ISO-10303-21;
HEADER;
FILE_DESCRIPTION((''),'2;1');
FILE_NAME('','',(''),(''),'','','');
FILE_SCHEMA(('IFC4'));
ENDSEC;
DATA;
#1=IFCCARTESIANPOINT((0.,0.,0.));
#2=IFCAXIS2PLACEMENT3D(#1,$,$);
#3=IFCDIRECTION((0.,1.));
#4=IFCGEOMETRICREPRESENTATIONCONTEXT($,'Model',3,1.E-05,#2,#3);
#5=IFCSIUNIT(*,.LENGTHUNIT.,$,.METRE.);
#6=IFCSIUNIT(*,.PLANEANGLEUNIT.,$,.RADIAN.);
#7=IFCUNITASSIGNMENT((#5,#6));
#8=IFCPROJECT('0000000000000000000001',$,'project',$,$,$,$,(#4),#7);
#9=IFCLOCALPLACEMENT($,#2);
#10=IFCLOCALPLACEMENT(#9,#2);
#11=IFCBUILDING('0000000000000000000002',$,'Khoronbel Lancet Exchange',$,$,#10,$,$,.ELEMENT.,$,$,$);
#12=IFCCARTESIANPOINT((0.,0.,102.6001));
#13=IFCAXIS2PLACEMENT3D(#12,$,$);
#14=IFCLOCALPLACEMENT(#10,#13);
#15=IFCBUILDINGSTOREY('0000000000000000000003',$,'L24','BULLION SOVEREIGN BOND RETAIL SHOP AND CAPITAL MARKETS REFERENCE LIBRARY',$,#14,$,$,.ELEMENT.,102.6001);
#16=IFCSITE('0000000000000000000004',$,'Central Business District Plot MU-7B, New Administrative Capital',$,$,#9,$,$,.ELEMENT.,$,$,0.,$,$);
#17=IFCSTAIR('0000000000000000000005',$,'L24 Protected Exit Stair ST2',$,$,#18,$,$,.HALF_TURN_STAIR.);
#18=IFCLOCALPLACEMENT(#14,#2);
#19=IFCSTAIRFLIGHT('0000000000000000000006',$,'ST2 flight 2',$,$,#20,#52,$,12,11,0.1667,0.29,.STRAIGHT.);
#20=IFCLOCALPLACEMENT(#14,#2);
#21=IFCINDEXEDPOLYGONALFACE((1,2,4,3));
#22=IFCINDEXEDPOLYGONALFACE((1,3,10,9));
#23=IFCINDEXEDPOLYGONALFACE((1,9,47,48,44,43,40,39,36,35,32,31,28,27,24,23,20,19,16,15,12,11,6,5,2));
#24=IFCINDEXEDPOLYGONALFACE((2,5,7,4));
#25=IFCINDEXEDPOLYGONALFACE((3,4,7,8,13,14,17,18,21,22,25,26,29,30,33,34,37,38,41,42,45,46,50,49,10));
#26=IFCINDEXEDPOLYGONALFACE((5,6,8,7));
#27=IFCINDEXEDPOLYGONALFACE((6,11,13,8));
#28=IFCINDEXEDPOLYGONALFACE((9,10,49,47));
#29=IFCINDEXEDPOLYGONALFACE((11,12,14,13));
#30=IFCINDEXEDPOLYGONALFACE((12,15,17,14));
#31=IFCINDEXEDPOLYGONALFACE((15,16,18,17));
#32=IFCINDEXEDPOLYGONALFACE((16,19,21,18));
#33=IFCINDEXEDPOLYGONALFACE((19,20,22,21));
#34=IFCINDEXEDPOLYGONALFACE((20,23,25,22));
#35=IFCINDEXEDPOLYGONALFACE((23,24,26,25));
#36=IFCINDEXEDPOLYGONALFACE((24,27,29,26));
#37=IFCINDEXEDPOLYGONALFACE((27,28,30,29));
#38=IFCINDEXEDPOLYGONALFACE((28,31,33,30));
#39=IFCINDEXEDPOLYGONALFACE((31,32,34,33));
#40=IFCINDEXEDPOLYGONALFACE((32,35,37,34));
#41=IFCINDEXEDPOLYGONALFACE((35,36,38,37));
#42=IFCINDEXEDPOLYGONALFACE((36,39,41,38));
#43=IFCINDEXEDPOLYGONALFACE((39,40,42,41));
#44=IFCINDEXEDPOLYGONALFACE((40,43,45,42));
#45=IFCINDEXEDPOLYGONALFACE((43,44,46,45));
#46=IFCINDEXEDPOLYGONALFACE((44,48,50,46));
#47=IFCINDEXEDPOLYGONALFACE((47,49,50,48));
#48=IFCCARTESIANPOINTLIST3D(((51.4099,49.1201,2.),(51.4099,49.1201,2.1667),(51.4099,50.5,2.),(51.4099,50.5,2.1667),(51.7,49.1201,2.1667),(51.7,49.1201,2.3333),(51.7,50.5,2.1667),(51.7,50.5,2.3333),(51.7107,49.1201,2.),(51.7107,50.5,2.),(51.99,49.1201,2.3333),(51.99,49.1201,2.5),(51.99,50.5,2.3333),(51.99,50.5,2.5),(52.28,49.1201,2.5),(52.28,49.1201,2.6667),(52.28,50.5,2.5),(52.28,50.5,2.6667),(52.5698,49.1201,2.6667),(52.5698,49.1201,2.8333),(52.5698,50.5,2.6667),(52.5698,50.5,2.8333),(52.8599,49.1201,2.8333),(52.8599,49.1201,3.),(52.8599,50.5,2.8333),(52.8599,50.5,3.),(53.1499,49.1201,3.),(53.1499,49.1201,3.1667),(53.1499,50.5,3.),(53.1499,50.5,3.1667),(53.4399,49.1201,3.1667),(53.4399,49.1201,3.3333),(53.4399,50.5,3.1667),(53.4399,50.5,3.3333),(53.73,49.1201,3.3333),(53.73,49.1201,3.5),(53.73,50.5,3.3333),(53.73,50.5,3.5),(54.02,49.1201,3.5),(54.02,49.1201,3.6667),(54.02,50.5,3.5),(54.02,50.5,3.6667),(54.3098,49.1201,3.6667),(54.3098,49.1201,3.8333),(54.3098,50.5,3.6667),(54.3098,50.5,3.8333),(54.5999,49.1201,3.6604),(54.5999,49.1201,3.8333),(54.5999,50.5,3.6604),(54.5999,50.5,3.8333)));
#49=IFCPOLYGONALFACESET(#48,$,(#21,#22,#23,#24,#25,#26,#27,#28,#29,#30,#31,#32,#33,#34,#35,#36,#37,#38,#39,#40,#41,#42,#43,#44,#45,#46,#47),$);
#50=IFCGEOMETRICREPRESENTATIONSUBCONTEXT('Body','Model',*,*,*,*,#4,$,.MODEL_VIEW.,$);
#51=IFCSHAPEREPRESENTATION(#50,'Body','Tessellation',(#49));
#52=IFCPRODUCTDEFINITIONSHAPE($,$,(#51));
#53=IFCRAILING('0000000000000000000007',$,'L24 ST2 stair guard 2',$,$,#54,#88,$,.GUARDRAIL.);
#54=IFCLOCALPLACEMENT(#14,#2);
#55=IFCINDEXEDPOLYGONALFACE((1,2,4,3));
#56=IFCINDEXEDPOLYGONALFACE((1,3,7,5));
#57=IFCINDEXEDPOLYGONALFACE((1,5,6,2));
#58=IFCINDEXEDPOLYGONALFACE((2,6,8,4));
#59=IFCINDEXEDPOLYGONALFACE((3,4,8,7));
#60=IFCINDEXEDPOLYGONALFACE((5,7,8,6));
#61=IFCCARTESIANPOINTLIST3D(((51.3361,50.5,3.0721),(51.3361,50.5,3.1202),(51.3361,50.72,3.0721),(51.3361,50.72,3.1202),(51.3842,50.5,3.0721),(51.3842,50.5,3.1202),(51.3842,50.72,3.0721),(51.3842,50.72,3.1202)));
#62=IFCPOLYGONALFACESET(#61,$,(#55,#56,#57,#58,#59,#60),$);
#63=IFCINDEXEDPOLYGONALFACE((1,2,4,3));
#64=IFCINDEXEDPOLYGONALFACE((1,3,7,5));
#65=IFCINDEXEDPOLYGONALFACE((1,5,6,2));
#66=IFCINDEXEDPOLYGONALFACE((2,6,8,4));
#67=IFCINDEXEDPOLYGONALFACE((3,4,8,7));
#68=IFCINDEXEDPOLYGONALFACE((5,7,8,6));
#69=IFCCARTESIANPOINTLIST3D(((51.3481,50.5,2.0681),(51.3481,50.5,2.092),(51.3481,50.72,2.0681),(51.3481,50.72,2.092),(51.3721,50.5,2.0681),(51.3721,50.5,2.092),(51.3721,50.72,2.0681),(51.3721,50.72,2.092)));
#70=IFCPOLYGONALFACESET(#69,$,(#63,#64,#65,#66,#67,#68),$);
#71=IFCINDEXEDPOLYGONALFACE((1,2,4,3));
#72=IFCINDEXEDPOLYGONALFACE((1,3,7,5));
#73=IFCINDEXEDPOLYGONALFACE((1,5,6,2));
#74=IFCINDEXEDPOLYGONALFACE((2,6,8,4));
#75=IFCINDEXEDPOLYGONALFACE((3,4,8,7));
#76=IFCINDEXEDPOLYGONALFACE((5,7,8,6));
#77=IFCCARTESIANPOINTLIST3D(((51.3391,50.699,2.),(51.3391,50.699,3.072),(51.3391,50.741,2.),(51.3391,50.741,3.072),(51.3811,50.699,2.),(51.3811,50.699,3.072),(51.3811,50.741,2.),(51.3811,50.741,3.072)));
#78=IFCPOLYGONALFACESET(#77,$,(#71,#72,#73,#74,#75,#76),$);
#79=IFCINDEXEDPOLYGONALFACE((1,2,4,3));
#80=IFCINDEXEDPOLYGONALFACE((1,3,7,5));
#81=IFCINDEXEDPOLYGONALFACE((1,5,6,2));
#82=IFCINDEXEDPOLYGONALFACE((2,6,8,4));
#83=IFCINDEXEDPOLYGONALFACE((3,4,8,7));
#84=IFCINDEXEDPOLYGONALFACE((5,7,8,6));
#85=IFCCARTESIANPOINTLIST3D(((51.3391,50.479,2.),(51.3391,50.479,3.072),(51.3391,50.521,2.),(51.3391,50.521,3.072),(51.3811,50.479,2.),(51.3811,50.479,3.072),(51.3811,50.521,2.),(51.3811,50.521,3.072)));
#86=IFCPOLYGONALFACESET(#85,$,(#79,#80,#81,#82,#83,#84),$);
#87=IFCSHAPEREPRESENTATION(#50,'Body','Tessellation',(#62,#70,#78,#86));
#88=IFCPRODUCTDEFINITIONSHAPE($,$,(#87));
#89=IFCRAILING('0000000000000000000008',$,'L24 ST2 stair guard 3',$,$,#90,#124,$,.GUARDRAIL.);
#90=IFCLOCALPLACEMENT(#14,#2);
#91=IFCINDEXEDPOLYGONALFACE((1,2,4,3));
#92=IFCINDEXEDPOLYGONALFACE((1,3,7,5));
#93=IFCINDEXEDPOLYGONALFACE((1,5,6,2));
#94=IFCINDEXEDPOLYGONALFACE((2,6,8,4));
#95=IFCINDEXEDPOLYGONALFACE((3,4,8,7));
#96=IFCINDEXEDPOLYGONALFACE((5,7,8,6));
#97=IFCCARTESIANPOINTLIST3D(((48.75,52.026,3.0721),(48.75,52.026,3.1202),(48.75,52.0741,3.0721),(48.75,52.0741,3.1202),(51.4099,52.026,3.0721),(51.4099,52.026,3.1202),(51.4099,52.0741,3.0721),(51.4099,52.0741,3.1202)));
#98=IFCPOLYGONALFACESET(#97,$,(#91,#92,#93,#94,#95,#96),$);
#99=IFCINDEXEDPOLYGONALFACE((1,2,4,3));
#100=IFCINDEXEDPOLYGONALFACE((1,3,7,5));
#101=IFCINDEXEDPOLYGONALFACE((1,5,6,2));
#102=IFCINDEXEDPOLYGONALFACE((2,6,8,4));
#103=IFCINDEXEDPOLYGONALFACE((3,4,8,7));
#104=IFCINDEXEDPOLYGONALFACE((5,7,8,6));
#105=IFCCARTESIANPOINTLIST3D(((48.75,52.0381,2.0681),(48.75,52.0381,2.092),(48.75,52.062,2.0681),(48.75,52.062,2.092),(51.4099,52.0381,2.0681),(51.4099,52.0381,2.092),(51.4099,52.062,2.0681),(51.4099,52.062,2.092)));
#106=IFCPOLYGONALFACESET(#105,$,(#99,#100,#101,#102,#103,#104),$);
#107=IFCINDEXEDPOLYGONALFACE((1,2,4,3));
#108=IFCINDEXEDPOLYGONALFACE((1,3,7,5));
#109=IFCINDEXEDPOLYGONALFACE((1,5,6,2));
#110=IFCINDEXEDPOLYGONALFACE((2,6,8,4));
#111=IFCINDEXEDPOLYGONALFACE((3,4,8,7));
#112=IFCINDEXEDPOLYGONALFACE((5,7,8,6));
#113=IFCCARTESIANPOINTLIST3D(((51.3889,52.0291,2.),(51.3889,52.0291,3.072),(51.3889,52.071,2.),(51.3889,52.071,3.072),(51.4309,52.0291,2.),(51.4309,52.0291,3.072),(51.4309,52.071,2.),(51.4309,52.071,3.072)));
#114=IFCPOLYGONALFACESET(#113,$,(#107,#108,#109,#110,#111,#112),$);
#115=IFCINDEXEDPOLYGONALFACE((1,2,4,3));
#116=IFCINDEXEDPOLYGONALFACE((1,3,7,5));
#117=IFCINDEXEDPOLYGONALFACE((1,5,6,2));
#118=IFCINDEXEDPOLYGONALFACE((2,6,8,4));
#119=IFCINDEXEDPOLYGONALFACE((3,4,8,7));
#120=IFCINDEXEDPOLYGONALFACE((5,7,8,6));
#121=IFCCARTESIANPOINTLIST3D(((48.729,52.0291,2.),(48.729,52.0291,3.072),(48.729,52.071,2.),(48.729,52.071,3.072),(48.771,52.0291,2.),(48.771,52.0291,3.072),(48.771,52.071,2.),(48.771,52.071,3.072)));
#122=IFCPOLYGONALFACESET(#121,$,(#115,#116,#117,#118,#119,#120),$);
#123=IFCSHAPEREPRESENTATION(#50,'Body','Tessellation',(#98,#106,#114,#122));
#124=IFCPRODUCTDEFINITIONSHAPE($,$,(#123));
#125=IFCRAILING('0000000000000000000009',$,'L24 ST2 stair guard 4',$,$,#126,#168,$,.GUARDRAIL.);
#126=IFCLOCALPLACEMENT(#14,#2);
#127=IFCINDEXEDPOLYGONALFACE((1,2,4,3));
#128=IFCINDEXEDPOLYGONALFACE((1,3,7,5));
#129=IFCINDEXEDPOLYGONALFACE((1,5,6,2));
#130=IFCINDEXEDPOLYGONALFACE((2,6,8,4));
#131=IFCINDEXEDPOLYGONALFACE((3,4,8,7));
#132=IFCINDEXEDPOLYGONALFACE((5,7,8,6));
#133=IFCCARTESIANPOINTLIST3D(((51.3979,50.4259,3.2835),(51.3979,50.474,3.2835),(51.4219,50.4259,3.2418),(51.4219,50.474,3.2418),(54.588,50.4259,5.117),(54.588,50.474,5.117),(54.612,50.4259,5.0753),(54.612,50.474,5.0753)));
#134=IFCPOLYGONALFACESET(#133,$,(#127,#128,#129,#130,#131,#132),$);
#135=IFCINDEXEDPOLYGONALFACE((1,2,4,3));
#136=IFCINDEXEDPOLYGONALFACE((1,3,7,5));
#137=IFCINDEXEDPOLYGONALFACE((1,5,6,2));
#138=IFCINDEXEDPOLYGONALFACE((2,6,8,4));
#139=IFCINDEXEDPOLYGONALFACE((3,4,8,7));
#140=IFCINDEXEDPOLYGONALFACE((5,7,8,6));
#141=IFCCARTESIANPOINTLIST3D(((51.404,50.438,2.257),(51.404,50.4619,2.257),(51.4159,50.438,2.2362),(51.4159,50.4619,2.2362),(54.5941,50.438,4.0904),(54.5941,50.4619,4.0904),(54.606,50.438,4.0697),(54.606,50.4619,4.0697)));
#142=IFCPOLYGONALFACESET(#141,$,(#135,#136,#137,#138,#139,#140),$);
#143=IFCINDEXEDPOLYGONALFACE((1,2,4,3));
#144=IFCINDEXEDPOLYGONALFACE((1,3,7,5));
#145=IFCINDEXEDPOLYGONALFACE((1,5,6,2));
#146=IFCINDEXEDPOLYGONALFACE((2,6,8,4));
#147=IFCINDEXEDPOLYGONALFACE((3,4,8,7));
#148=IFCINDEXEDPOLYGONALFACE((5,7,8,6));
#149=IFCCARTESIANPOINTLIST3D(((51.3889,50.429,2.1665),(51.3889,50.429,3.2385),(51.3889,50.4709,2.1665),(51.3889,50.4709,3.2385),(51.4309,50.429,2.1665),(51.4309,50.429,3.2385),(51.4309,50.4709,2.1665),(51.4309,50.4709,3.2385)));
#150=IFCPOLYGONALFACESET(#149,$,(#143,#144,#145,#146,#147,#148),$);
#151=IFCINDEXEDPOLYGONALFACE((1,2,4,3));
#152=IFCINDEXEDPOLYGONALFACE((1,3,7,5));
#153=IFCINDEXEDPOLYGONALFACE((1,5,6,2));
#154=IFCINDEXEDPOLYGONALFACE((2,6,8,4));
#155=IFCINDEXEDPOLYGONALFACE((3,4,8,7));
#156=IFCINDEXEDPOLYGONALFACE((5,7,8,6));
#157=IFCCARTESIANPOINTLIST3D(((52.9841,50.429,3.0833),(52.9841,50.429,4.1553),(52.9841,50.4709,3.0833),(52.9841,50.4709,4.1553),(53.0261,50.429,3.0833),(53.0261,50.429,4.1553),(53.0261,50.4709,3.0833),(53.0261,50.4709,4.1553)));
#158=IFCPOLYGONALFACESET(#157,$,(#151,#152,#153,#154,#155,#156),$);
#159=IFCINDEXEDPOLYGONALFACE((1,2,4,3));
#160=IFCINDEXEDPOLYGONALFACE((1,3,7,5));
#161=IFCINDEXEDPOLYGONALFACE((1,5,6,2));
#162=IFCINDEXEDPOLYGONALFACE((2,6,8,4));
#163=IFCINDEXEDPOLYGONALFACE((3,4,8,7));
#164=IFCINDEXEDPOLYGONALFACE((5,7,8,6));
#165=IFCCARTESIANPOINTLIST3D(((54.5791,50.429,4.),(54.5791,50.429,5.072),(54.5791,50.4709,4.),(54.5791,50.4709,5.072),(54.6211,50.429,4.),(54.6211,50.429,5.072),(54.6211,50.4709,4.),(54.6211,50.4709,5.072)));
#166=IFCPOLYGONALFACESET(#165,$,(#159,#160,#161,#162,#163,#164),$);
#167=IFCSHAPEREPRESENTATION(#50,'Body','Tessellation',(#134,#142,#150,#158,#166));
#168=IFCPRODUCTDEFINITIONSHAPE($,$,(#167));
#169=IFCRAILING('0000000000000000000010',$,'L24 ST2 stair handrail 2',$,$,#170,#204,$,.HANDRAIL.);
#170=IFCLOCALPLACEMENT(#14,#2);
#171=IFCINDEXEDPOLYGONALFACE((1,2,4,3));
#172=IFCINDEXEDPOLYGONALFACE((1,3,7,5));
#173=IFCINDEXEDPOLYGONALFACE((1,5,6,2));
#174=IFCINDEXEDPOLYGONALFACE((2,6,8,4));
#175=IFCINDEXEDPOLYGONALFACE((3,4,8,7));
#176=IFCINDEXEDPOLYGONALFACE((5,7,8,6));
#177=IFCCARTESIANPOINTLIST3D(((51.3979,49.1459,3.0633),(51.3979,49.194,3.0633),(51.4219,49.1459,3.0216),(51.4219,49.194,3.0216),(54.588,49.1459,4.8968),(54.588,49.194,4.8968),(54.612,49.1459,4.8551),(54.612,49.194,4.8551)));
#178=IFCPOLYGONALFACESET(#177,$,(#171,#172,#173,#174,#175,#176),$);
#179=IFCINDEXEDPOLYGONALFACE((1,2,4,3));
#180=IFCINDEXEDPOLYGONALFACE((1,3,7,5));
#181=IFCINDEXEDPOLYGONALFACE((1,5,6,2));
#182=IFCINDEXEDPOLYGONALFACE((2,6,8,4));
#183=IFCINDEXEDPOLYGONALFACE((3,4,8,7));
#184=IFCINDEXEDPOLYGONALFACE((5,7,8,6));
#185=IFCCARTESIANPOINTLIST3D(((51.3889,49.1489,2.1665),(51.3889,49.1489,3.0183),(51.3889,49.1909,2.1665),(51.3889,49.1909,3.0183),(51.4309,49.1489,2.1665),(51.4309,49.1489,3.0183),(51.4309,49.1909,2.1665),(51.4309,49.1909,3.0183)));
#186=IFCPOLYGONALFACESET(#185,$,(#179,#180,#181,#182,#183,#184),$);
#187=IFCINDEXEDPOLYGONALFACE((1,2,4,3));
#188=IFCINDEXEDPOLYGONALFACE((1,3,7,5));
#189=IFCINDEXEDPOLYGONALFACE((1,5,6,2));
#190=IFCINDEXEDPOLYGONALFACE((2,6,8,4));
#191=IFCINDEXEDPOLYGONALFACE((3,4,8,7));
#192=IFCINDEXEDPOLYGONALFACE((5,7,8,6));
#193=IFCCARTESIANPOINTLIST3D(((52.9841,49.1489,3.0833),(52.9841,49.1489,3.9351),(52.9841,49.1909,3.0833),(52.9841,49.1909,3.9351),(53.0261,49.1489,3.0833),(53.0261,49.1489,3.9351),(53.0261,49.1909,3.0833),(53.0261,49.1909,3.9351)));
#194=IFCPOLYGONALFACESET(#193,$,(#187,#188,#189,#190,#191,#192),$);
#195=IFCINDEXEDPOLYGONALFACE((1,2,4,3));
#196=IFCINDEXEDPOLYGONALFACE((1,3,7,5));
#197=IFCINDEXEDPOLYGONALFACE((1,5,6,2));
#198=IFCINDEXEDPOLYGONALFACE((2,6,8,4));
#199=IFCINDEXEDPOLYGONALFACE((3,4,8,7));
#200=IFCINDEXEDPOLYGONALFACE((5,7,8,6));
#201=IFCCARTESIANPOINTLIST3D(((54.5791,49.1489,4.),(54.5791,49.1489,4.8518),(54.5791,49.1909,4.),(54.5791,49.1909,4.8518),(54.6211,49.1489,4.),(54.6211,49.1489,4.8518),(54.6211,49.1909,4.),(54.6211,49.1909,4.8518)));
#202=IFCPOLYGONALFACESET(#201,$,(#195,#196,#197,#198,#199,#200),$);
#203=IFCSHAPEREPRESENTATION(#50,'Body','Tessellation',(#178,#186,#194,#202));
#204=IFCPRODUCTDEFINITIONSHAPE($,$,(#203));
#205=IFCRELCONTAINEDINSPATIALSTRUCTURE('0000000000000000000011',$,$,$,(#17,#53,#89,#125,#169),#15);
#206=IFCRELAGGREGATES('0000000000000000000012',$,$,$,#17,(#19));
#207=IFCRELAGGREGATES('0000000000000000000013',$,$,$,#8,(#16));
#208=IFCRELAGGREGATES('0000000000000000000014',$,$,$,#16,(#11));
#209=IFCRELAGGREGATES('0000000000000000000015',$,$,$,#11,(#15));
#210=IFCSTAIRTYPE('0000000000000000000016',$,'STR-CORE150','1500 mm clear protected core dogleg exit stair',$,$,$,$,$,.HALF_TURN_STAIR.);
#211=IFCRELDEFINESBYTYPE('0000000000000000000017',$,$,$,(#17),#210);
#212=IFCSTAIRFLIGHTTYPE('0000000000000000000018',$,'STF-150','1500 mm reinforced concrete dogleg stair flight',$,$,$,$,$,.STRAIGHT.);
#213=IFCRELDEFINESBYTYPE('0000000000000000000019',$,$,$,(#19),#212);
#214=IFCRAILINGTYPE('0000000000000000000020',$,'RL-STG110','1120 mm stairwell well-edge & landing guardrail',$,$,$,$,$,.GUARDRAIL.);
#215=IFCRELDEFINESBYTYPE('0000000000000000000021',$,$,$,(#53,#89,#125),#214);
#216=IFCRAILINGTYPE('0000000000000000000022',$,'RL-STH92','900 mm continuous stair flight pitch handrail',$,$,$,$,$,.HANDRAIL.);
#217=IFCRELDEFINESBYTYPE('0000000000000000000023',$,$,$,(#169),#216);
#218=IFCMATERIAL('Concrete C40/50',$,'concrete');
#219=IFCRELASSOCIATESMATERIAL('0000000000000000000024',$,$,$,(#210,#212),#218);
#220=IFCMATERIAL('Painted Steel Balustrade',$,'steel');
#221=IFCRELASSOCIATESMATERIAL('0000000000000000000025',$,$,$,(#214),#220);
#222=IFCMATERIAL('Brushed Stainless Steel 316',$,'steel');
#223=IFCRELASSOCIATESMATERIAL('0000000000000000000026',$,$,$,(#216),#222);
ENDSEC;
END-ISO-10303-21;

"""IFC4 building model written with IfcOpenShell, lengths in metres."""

from ifc_helpers import new_model, si_unit, direction, frame, origin, origin_2d, place, context, subcontext, project, spatial, polyline, rectangle, outline, extrude, material, type_object, element, aggregate, save


model = new_model("IFC4")

# Units and contexts
model_context = context("Model", 3, precision=1e-05, world=origin(), true_north=direction((0.0, 1.0)))
body_context = subcontext(model_context, "Body", "Model", "MODEL_VIEW")
ifc_project = project(units=[si_unit("LENGTHUNIT", "METRE"), si_unit("PLANEANGLEUNIT", "RADIAN")], contexts=[model_context])

# Site, building, storey
site_placement = place(None, origin())
site = spatial("IfcSite", under=ifc_project, at=site_placement, Name="Central Business District Plot MU-7B, New Administrative Capital", CompositionType="ELEMENT", RefElevation=0.0)
building_placement = place(site_placement, origin())
building = spatial("IfcBuilding", under=site, at=building_placement, Name="Khoronbel Lancet Exchange", CompositionType="ELEMENT")
storey_placement = place(building_placement, frame((0.0, 0.0, 102.6001)))
storey = spatial("IfcBuildingStorey", under=building, at=storey_placement, Name="L24", Description="BULLION SOVEREIGN BOND RETAIL SHOP AND CAPITAL MARKETS REFERENCE LIBRARY", CompositionType="ELEMENT", Elevation=102.6001)

# Stair, stair flight
ifc_material_1 = material(Name="Concrete C40/50", Category="concrete")
stair_type = type_object("IfcStairType", Name="STR-CORE150", Description="1500 mm clear protected core dogleg exit stair", PredefinedType="HALF_TURN_STAIR", material=ifc_material_1)
stair_placement = place(storey_placement, origin())
stair = element("IfcStair", 1, at=stair_placement, inside=storey, type_object=stair_type, Name="L24 Protected Exit Stair ST2", PredefinedType="HALF_TURN_STAIR")
stair_flight_type = type_object("IfcStairFlightType", Name="STF-150", Description="1500 mm reinforced concrete dogleg stair flight", PredefinedType="STRAIGHT", material=ifc_material_1)
stair_flight_placement = place(storey_placement, frame((51.4099, 49.8101, 2.0), z_axis=(0.0, 0.0, 1.0), x_axis=(1.0, 0.0, 0.0)))
stair_flight = element("IfcStairFlight", 2, at=stair_flight_placement, type_object=stair_flight_type, Name="ST2 flight 2", NumberOfRisers=12, NumberOfTreads=11, PredefinedType="STRAIGHT", RiserHeight=0.1667, TreadLength=0.29, context=body_context, shape_type="SweptSolid", body=[
    extrude(outline(polyline([(0.0, 0.0), (0.0, 0.1667), (0.29, 0.1667), (0.29, 0.3333), (0.5801, 0.3333), (0.5801, 0.5), (0.8701, 0.5), (0.8701, 0.6667), (1.1599, 0.6667), (1.1599, 0.8333), (1.45, 0.8333), (1.45, 1.0), (1.74, 1.0), (1.74, 1.1667), (2.03, 1.1667), (2.03, 1.3333), (2.3201, 1.3333), (2.3201, 1.5), (2.6101, 1.5), (2.6101, 1.6667), (2.8999, 1.6667), (2.8999, 1.8333), (3.1899, 1.8333), (3.1899, 2.0), (3.1899, 1.6604), (0.3008, 0.0), (0.0, 0.0)])), frame((0.0, 0.6899, 0.0), z_axis=(0.0, -1.0, 0.0), x_axis=(1.0, 0.0, 0.0)), (0.0, 0.0, 1.0), 1.3799),
])
aggregate(stair, [stair_flight])

# Railings
ifc_material_2 = material(Name="Painted Steel Balustrade", Category="steel")
railing_type_1 = type_object("IfcRailingType", Name="RL-STG110", Description="1120 mm stairwell well-edge & landing guardrail", PredefinedType="GUARDRAIL", material=ifc_material_2)
railing_1_placement = place(storey_placement, frame((51.3601, 50.72, 2.0)))
element("IfcRailing", 3, at=railing_1_placement, inside=storey, type_object=railing_type_1, Name="L24 ST2 stair guard 2", PredefinedType="GUARDRAIL", context=body_context, shape_type="SweptSolid", body=[
    extrude(rectangle(XDim=0.0481, YDim=0.0481, at=origin_2d()), frame((0.0, 0.0, 1.0962), z_axis=(0.0, -1.0, 0.0), x_axis=(1.0, 0.0, 0.0)), (0.0, 0.0, 1.0), 0.22),
    extrude(rectangle(XDim=0.0239, YDim=0.0239, at=origin_2d()), frame((0.0, 0.0, 0.0801), z_axis=(0.0, -1.0, 0.0), x_axis=(1.0, 0.0, 0.0)), (0.0, 0.0, 1.0), 0.22),
    extrude(rectangle(XDim=0.042, YDim=0.042, at=origin_2d()), origin(), (0.0, 0.0, 1.0), 1.072),
    extrude(rectangle(XDim=0.042, YDim=0.042, at=origin_2d()), frame((0.0, -0.22, 0.0)), (0.0, 0.0, 1.0), 1.072),
])
railing_2_placement = place(storey_placement, frame((51.4099, 52.05, 2.0)))
element("IfcRailing", 4, at=railing_2_placement, inside=storey, type_object=railing_type_1, Name="L24 ST2 stair guard 3", PredefinedType="GUARDRAIL", context=body_context, shape_type="SweptSolid", body=[
    extrude(rectangle(XDim=0.0481, YDim=0.0481, at=origin_2d()), frame((0.0, 0.0, 1.0962), z_axis=(-1.0, 0.0, 0.0), x_axis=(0.0, -1.0, 0.0)), (0.0, 0.0, 1.0), 2.6599),
    extrude(rectangle(XDim=0.0239, YDim=0.0239, at=origin_2d()), frame((0.0, 0.0, 0.0801), z_axis=(-1.0, 0.0, 0.0), x_axis=(0.0, -1.0, 0.0)), (0.0, 0.0, 1.0), 2.6599),
    extrude(rectangle(XDim=0.042, YDim=0.042, at=origin_2d()), origin(), (0.0, 0.0, 1.0), 1.072),
    extrude(rectangle(XDim=0.042, YDim=0.042, at=origin_2d()), frame((-2.6599, 0.0, 0.0)), (0.0, 0.0, 1.0), 1.072),
])
railing_3_placement = place(storey_placement, frame((51.4099, 50.45, 2.1665)))
element("IfcRailing", 5, at=railing_3_placement, inside=storey, type_object=railing_type_1, Name="L24 ST2 stair guard 4", PredefinedType="GUARDRAIL", context=body_context, shape_type="SweptSolid", body=[
    extrude(rectangle(XDim=0.0481, YDim=0.0481, at=origin_2d()), frame((0.0, 0.0, 1.0962), z_axis=(0.867007, 0.0, 0.498295), x_axis=(0.0, 1.0, 0.0)), (0.0, 0.0, 1.0), 3.6794),
    extrude(rectangle(XDim=0.0239, YDim=0.0239, at=origin_2d()), frame((0.0, 0.0, 0.0801), z_axis=(0.867007, 0.0, 0.498295), x_axis=(0.0, 1.0, 0.0)), (0.0, 0.0, 1.0), 3.6794),
    extrude(rectangle(XDim=0.042, YDim=0.042, at=origin_2d()), origin(), (0.0, 0.0, 1.0), 1.072),
    extrude(rectangle(XDim=0.042, YDim=0.042, at=origin_2d()), frame((1.5952, 0.0, 0.9167)), (0.0, 0.0, 1.0), 1.072),
    extrude(rectangle(XDim=0.042, YDim=0.042, at=origin_2d()), frame((3.1902, 0.0, 1.8335)), (0.0, 0.0, 1.0), 1.072),
])
ifc_material_3 = material(Name="Brushed Stainless Steel 316", Category="steel")
railing_type_2 = type_object("IfcRailingType", Name="RL-STH92", Description="900 mm continuous stair flight pitch handrail", PredefinedType="HANDRAIL", material=ifc_material_3)
railing_4_placement = place(storey_placement, frame((51.4099, 49.1699, 2.1665)))
element("IfcRailing", 6, at=railing_4_placement, inside=storey, type_object=railing_type_2, Name="L24 ST2 stair handrail 2", PredefinedType="HANDRAIL", context=body_context, shape_type="SweptSolid", body=[
    extrude(rectangle(XDim=0.0481, YDim=0.0481, at=origin_2d()), frame((0.0, 0.0, 0.876), z_axis=(0.867007, 0.0, 0.498295), x_axis=(0.0, 1.0, 0.0)), (0.0, 0.0, 1.0), 3.6794),
    extrude(rectangle(XDim=0.042, YDim=0.042, at=origin_2d()), origin(), (0.0, 0.0, 1.0), 0.8518),
    extrude(rectangle(XDim=0.042, YDim=0.042, at=origin_2d()), frame((1.5952, 0.0, 0.9167)), (0.0, 0.0, 1.0), 0.8518),
    extrude(rectangle(XDim=0.042, YDim=0.042, at=origin_2d()), frame((3.1902, 0.0, 1.8335)), (0.0, 0.0, 1.0), 0.8518),
])

save(model, "model.ifc")
